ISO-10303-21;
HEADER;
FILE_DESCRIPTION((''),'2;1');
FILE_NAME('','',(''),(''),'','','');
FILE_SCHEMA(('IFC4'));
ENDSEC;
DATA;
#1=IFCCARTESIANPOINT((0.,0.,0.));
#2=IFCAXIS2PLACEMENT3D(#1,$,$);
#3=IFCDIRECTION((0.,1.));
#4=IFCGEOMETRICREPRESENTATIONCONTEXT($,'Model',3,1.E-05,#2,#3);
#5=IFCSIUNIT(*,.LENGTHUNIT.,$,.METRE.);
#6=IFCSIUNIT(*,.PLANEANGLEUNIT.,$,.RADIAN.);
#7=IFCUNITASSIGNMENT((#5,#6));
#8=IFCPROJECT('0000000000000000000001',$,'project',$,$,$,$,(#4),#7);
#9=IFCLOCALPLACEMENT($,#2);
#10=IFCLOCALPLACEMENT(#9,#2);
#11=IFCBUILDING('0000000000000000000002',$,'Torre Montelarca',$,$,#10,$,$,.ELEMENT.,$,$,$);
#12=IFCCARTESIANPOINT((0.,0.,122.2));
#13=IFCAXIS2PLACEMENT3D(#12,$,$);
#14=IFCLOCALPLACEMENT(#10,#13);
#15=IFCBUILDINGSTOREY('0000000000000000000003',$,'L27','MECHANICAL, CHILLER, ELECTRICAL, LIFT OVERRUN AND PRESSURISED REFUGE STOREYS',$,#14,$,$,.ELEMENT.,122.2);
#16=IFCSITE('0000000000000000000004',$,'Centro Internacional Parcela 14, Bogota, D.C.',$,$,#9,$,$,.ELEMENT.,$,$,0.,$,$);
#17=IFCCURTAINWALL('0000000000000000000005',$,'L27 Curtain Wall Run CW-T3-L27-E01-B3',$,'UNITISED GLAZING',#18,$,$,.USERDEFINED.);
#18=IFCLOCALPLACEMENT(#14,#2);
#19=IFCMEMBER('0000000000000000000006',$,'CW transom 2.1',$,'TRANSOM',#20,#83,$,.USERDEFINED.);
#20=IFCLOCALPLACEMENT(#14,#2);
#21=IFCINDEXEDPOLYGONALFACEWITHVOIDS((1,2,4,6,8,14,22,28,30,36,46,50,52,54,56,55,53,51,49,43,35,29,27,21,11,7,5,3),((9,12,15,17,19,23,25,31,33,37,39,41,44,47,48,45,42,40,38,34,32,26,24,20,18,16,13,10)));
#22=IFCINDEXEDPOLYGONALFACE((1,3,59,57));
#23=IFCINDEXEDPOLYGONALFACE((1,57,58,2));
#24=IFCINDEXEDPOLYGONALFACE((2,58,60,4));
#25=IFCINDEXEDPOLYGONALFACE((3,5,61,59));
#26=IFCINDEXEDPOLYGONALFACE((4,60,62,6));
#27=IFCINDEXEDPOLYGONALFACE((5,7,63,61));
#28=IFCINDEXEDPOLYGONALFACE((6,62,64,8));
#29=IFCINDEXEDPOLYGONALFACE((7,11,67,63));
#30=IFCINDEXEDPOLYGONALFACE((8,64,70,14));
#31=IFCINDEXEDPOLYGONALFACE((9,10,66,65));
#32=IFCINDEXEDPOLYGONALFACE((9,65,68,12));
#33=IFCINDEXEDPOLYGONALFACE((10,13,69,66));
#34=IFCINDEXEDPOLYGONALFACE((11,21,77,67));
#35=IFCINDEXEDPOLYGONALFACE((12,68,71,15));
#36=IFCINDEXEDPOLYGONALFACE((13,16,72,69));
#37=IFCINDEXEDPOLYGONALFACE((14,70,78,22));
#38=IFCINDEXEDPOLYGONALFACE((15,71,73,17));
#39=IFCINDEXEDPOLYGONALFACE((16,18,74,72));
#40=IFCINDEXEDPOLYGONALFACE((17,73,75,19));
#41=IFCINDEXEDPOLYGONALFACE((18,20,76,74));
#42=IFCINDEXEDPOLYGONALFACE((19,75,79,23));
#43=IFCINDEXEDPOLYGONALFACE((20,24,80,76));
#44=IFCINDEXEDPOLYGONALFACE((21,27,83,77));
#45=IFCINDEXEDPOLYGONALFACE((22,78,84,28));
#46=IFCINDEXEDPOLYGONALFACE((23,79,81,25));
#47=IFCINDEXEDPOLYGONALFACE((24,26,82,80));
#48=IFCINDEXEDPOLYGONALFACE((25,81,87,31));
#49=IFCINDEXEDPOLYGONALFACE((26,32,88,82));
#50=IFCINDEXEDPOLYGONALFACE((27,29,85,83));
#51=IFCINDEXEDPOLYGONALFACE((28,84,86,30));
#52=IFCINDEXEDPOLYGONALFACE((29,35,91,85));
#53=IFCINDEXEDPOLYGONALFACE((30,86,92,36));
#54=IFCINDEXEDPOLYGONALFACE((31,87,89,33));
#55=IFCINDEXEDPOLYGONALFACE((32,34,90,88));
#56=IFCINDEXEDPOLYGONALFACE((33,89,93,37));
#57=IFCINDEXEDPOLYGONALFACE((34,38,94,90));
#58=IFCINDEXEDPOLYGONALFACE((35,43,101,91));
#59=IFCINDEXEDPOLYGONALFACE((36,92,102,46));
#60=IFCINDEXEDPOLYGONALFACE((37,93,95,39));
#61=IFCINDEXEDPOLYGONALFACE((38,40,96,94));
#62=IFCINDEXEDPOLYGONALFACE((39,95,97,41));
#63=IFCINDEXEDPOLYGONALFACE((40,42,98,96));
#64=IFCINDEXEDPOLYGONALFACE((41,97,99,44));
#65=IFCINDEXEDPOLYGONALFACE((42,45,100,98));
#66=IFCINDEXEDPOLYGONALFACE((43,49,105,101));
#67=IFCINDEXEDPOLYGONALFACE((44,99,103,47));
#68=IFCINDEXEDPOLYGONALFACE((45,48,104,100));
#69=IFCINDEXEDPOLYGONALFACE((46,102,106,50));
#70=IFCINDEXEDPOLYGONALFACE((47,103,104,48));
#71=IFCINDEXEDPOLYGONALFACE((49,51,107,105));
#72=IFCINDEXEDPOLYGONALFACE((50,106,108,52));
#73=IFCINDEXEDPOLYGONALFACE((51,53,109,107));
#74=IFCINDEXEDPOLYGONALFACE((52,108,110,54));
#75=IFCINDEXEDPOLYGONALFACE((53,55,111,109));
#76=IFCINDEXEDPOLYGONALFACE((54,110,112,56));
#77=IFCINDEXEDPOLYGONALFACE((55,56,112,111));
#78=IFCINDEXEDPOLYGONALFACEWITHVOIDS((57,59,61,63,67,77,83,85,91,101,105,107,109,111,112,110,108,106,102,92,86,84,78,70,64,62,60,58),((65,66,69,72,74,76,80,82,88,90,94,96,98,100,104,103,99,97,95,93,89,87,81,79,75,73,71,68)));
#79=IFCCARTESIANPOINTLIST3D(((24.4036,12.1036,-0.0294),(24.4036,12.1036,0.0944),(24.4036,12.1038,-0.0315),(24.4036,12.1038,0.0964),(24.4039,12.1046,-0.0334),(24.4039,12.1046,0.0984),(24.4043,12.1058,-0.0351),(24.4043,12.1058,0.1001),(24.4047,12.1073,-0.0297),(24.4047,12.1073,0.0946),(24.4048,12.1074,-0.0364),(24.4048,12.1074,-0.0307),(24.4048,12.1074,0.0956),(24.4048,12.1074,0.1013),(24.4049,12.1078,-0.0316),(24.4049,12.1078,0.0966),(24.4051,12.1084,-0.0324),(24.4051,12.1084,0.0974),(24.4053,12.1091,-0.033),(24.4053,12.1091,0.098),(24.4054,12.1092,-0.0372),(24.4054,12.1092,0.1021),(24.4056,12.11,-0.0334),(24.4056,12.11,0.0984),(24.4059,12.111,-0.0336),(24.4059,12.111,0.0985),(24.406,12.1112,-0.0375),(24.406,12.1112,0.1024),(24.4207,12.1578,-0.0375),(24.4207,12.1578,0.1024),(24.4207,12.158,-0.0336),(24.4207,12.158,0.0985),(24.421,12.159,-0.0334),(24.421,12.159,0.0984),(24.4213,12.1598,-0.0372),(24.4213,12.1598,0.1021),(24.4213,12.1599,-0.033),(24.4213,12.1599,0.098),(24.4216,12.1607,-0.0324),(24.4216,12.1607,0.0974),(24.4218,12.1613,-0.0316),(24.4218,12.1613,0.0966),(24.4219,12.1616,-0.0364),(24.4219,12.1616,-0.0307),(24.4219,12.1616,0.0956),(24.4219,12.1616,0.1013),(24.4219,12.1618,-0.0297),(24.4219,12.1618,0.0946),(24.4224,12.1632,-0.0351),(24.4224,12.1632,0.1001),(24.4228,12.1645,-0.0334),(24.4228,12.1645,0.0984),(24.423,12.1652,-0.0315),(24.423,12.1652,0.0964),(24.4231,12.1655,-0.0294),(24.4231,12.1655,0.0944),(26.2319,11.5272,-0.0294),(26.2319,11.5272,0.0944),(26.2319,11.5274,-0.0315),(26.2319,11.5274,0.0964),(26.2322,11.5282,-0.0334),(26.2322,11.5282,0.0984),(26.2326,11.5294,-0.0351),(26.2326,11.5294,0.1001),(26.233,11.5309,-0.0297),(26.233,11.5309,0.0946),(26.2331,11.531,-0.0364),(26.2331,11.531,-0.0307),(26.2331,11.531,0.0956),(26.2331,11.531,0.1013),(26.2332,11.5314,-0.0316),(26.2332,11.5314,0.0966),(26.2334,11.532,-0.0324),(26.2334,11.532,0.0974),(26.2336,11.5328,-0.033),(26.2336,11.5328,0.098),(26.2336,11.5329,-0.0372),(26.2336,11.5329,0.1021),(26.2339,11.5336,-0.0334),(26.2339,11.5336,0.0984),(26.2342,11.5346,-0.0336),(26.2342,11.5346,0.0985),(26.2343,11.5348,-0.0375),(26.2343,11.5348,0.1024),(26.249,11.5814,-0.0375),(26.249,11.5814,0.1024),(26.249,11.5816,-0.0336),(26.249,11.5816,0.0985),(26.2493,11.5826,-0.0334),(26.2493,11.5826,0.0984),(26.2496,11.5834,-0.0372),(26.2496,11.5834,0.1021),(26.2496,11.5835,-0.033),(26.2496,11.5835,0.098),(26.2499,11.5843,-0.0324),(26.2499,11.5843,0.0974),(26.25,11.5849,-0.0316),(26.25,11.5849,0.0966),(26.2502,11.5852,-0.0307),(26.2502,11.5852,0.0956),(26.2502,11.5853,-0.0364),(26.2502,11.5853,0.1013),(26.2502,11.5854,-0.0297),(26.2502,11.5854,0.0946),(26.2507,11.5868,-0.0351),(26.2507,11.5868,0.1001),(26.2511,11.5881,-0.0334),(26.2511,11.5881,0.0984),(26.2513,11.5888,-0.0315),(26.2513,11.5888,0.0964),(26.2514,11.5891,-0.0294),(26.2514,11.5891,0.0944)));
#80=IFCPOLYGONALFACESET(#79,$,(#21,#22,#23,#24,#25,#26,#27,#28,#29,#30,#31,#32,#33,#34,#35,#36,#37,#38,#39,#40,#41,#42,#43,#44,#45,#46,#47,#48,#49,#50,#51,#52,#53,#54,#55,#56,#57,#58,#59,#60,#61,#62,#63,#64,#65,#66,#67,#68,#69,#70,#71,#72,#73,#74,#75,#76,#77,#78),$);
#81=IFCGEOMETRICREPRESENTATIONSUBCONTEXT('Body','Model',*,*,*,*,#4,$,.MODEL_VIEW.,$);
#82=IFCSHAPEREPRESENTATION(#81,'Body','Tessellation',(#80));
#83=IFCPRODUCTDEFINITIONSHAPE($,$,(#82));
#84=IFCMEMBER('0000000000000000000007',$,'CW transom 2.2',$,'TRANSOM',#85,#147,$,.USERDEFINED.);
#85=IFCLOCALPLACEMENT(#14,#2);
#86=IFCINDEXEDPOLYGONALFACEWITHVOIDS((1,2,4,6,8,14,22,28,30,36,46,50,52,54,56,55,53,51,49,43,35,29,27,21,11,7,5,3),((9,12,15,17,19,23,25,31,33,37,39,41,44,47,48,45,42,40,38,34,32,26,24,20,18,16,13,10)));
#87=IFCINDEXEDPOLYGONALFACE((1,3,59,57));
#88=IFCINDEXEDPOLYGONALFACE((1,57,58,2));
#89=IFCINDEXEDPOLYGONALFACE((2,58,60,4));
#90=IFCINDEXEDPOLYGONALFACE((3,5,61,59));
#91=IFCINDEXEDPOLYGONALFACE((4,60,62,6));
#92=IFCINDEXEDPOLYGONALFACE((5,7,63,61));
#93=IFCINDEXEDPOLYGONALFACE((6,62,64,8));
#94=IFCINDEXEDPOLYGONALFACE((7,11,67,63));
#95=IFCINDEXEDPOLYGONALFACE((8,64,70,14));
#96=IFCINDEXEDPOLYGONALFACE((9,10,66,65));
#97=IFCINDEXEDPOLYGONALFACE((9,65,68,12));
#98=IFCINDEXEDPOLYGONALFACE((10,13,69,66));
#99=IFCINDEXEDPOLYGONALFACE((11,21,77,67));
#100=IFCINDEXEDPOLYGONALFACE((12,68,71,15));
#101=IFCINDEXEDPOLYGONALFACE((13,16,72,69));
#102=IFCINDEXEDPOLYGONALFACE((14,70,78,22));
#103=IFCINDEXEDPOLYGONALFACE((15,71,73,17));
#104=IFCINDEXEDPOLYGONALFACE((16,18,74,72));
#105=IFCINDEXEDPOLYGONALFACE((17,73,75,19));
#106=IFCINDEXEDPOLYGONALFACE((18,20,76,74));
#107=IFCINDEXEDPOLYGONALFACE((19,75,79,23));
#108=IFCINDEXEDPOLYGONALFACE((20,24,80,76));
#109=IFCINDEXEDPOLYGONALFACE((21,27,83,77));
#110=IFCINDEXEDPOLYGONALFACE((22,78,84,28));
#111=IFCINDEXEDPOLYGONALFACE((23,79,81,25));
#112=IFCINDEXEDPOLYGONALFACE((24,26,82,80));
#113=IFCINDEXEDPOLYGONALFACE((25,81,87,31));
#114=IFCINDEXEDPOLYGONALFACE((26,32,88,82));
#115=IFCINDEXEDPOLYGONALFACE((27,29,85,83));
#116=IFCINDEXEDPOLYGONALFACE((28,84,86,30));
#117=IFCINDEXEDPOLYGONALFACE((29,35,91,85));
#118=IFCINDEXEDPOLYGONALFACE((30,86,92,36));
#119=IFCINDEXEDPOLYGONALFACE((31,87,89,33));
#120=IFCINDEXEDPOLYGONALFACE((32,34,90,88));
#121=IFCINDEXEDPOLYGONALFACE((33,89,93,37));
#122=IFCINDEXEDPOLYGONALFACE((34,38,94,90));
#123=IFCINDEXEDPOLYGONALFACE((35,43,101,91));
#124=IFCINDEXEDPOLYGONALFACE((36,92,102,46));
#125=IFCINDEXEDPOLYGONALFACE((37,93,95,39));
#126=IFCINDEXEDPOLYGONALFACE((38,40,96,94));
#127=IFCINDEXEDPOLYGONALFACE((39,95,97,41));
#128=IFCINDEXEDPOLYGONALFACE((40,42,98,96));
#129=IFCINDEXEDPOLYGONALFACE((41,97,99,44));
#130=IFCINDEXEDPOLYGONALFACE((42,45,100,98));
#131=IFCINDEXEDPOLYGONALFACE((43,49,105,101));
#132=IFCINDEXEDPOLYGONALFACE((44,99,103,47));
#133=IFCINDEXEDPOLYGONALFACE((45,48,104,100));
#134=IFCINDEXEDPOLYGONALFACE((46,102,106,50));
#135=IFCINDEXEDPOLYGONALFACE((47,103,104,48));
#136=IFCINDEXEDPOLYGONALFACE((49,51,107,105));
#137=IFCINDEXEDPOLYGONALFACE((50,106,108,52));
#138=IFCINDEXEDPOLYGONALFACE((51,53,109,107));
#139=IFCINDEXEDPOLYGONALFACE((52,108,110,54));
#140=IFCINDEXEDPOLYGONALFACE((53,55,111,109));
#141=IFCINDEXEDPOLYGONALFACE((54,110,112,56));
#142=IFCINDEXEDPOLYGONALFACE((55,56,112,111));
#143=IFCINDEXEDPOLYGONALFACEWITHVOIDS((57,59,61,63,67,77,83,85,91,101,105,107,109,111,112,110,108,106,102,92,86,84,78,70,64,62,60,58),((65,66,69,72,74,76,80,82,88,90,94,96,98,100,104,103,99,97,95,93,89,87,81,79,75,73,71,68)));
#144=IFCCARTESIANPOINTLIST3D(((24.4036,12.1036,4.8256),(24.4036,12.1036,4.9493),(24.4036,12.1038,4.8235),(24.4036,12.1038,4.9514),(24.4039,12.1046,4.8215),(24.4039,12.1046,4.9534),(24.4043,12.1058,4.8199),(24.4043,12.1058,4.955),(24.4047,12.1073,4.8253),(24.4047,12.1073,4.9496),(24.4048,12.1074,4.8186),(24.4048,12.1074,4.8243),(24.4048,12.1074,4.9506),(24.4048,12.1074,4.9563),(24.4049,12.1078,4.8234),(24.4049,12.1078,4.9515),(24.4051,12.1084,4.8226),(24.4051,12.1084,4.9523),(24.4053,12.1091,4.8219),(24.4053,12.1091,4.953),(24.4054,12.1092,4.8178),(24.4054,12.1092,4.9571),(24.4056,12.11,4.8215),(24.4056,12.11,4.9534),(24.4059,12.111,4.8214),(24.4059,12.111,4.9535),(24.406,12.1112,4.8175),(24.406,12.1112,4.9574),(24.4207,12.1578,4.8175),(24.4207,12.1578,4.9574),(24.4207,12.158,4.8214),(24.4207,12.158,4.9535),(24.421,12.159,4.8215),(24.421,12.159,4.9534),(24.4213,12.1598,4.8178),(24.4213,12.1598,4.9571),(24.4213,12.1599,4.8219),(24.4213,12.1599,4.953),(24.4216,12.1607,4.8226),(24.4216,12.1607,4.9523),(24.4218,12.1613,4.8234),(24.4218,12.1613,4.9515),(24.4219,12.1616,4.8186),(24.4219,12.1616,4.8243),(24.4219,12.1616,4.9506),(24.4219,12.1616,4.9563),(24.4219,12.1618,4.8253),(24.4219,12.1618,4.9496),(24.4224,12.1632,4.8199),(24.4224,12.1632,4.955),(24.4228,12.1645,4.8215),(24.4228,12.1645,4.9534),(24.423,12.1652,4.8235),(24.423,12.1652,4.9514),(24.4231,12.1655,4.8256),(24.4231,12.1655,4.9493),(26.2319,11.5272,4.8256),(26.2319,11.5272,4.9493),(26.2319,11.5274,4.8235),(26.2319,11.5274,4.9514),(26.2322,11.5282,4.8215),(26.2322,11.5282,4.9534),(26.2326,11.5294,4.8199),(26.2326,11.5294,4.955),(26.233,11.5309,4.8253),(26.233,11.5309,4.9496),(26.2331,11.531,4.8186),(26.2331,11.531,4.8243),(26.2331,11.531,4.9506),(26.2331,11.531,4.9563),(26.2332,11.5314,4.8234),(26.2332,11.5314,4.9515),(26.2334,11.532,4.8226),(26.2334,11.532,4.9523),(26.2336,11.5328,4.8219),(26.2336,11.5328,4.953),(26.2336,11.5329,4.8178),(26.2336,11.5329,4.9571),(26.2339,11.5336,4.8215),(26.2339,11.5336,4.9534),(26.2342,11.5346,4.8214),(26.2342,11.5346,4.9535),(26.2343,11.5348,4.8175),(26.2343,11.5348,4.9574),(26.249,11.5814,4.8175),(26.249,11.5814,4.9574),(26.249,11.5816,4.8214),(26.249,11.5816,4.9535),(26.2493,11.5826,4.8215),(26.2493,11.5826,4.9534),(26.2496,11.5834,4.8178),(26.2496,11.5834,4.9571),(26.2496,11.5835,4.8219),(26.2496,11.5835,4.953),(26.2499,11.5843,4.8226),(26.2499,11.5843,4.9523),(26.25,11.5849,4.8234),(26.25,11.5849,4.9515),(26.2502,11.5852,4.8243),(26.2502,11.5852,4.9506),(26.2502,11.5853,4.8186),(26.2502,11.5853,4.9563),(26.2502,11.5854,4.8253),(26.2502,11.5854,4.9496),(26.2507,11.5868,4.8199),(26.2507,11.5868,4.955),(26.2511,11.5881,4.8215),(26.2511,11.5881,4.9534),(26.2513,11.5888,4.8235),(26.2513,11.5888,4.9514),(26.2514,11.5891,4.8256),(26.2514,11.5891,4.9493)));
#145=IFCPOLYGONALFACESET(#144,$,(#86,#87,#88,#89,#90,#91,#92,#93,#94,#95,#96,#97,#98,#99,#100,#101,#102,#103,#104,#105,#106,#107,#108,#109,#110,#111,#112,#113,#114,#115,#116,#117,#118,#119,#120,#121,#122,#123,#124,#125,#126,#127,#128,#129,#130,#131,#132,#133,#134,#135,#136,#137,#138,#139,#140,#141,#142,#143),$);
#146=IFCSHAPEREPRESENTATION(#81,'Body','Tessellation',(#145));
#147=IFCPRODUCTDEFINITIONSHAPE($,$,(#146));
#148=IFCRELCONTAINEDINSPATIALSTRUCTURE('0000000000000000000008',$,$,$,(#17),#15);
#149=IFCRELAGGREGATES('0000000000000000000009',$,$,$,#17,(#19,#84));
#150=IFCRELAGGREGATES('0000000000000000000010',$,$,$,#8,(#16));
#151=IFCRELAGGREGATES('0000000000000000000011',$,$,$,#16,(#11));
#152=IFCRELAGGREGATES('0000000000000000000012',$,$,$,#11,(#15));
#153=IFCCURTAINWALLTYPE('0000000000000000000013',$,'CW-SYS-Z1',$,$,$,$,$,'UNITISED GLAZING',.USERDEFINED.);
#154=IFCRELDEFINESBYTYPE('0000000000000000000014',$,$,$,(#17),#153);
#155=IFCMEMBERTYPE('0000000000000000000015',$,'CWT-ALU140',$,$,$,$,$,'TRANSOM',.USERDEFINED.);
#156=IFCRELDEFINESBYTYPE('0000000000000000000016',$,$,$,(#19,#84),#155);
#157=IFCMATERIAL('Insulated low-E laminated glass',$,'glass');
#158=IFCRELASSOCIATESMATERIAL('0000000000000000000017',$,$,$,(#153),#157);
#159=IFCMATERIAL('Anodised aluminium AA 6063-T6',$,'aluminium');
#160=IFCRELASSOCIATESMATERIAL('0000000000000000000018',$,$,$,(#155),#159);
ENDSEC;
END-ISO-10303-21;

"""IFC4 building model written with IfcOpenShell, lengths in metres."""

from ifc_helpers import new_model, si_unit, direction, frame, origin, origin_2d, place, context, subcontext, project, spatial, hollow_rectangle, extrude, source, transform, mapped, material, material_profile, profile_set, type_object, element, aggregate, save


model = new_model("IFC4")

# Units and contexts
model_context = context("Model", 3, precision=1e-05, world=origin(), true_north=direction((0.0, 1.0)))
body_context = subcontext(model_context, "Body", "Model", "MODEL_VIEW")
ifc_project = project(units=[si_unit("LENGTHUNIT", "METRE"), si_unit("PLANEANGLEUNIT", "RADIAN")], contexts=[model_context])

# Site, building, storey
site_placement = place(None, origin())
site = spatial("IfcSite", under=ifc_project, at=site_placement, Name="Centro Internacional Parcela 14, Bogota, D.C.", CompositionType="ELEMENT", RefElevation=0.0)
building_placement = place(site_placement, origin())
building = spatial("IfcBuilding", under=site, at=building_placement, Name="Torre Montelarca", CompositionType="ELEMENT")
storey_placement = place(building_placement, frame((0.0, 0.0, 122.2)))
storey = spatial("IfcBuildingStorey", under=building, at=storey_placement, Name="L27", Description="MECHANICAL, CHILLER, ELECTRICAL, LIFT OVERRUN AND PRESSURISED REFUGE STOREYS", CompositionType="ELEMENT", Elevation=122.2)

# Curtain wall, members
ifc_material_1 = material(Name="Insulated low-E laminated glass", Category="glass")
curtain_wall_type = type_object("IfcCurtainWallType", Name="CW-SYS-Z1", ElementType="UNITISED GLAZING", PredefinedType="USERDEFINED", material=ifc_material_1)
curtain_wall_1_placement = place(storey_placement, origin())
curtain_wall_1 = element("IfcCurtainWall", 1, at=curtain_wall_1_placement, inside=storey, type_object=curtain_wall_type, Name="L27 Curtain Wall Run CW-T3-L27-E01-B3", ObjectType="UNITISED GLAZING", PredefinedType="USERDEFINED")
ifc_material_2 = material(Name="Anodised aluminium AA 6063-T6", Category="aluminium")
ifc_material_profile_1 = material_profile(ifc_material_2, hollow_rectangle(XDim=0.0649, YDim=0.1399, WallThickness=0.0039, InnerFilletRadius=0.0039, OuterFilletRadius=0.0081, at=origin_2d()), Name="ALU65X140X4", Category="aluminium")
ifc_profile_set_1 = profile_set([ifc_material_profile_1], Name="Anodised aluminium AA 6063-T6")
member_type_1 = type_object("IfcMemberType", Name="CWT-ALU140", ElementType="TRANSOM", PredefinedType="USERDEFINED", material=ifc_profile_set_1)
shared_shape_1 = source(origin(), body_context, "Body", "SweptSolid", [
    extrude(hollow_rectangle(XDim=0.0649, YDim=0.1399, WallThickness=0.0039, InnerFilletRadius=0.0039, OuterFilletRadius=0.0081, at=origin_2d()), origin(), (0.0, 0.0, 1.0), 1.917),
])
member_1_placement = place(storey_placement, frame((24.4133, 12.1345, 0.0325), z_axis=(0.953727, -0.300674, 0.0), x_axis=(0.300674, 0.953727, 0.0)))
member_1 = element("IfcMember", 2, at=member_1_placement, type_object=member_type_1, Name="CW transom 2.1", ObjectType="TRANSOM", PredefinedType="USERDEFINED", context=body_context, shape_type="MappedRepresentation", body=[
    mapped(shared_shape_1, transform((0.0, 0.0, 0.0), scale=1.0)),
])
member_2_placement = place(storey_placement, frame((24.4133, 12.1345, 4.8875), z_axis=(0.953727, -0.300674, 0.0), x_axis=(0.300674, 0.953727, 0.0)))
member_2 = element("IfcMember", 3, at=member_2_placement, type_object=member_type_1, Name="CW transom 2.2", ObjectType="TRANSOM", PredefinedType="USERDEFINED", context=body_context, shape_type="MappedRepresentation", body=[
    mapped(shared_shape_1, transform((0.0, 0.0, 0.0), scale=1.0)),
])

aggregate(curtain_wall_1, [member_1, member_2])

save(model, "model.ifc")
